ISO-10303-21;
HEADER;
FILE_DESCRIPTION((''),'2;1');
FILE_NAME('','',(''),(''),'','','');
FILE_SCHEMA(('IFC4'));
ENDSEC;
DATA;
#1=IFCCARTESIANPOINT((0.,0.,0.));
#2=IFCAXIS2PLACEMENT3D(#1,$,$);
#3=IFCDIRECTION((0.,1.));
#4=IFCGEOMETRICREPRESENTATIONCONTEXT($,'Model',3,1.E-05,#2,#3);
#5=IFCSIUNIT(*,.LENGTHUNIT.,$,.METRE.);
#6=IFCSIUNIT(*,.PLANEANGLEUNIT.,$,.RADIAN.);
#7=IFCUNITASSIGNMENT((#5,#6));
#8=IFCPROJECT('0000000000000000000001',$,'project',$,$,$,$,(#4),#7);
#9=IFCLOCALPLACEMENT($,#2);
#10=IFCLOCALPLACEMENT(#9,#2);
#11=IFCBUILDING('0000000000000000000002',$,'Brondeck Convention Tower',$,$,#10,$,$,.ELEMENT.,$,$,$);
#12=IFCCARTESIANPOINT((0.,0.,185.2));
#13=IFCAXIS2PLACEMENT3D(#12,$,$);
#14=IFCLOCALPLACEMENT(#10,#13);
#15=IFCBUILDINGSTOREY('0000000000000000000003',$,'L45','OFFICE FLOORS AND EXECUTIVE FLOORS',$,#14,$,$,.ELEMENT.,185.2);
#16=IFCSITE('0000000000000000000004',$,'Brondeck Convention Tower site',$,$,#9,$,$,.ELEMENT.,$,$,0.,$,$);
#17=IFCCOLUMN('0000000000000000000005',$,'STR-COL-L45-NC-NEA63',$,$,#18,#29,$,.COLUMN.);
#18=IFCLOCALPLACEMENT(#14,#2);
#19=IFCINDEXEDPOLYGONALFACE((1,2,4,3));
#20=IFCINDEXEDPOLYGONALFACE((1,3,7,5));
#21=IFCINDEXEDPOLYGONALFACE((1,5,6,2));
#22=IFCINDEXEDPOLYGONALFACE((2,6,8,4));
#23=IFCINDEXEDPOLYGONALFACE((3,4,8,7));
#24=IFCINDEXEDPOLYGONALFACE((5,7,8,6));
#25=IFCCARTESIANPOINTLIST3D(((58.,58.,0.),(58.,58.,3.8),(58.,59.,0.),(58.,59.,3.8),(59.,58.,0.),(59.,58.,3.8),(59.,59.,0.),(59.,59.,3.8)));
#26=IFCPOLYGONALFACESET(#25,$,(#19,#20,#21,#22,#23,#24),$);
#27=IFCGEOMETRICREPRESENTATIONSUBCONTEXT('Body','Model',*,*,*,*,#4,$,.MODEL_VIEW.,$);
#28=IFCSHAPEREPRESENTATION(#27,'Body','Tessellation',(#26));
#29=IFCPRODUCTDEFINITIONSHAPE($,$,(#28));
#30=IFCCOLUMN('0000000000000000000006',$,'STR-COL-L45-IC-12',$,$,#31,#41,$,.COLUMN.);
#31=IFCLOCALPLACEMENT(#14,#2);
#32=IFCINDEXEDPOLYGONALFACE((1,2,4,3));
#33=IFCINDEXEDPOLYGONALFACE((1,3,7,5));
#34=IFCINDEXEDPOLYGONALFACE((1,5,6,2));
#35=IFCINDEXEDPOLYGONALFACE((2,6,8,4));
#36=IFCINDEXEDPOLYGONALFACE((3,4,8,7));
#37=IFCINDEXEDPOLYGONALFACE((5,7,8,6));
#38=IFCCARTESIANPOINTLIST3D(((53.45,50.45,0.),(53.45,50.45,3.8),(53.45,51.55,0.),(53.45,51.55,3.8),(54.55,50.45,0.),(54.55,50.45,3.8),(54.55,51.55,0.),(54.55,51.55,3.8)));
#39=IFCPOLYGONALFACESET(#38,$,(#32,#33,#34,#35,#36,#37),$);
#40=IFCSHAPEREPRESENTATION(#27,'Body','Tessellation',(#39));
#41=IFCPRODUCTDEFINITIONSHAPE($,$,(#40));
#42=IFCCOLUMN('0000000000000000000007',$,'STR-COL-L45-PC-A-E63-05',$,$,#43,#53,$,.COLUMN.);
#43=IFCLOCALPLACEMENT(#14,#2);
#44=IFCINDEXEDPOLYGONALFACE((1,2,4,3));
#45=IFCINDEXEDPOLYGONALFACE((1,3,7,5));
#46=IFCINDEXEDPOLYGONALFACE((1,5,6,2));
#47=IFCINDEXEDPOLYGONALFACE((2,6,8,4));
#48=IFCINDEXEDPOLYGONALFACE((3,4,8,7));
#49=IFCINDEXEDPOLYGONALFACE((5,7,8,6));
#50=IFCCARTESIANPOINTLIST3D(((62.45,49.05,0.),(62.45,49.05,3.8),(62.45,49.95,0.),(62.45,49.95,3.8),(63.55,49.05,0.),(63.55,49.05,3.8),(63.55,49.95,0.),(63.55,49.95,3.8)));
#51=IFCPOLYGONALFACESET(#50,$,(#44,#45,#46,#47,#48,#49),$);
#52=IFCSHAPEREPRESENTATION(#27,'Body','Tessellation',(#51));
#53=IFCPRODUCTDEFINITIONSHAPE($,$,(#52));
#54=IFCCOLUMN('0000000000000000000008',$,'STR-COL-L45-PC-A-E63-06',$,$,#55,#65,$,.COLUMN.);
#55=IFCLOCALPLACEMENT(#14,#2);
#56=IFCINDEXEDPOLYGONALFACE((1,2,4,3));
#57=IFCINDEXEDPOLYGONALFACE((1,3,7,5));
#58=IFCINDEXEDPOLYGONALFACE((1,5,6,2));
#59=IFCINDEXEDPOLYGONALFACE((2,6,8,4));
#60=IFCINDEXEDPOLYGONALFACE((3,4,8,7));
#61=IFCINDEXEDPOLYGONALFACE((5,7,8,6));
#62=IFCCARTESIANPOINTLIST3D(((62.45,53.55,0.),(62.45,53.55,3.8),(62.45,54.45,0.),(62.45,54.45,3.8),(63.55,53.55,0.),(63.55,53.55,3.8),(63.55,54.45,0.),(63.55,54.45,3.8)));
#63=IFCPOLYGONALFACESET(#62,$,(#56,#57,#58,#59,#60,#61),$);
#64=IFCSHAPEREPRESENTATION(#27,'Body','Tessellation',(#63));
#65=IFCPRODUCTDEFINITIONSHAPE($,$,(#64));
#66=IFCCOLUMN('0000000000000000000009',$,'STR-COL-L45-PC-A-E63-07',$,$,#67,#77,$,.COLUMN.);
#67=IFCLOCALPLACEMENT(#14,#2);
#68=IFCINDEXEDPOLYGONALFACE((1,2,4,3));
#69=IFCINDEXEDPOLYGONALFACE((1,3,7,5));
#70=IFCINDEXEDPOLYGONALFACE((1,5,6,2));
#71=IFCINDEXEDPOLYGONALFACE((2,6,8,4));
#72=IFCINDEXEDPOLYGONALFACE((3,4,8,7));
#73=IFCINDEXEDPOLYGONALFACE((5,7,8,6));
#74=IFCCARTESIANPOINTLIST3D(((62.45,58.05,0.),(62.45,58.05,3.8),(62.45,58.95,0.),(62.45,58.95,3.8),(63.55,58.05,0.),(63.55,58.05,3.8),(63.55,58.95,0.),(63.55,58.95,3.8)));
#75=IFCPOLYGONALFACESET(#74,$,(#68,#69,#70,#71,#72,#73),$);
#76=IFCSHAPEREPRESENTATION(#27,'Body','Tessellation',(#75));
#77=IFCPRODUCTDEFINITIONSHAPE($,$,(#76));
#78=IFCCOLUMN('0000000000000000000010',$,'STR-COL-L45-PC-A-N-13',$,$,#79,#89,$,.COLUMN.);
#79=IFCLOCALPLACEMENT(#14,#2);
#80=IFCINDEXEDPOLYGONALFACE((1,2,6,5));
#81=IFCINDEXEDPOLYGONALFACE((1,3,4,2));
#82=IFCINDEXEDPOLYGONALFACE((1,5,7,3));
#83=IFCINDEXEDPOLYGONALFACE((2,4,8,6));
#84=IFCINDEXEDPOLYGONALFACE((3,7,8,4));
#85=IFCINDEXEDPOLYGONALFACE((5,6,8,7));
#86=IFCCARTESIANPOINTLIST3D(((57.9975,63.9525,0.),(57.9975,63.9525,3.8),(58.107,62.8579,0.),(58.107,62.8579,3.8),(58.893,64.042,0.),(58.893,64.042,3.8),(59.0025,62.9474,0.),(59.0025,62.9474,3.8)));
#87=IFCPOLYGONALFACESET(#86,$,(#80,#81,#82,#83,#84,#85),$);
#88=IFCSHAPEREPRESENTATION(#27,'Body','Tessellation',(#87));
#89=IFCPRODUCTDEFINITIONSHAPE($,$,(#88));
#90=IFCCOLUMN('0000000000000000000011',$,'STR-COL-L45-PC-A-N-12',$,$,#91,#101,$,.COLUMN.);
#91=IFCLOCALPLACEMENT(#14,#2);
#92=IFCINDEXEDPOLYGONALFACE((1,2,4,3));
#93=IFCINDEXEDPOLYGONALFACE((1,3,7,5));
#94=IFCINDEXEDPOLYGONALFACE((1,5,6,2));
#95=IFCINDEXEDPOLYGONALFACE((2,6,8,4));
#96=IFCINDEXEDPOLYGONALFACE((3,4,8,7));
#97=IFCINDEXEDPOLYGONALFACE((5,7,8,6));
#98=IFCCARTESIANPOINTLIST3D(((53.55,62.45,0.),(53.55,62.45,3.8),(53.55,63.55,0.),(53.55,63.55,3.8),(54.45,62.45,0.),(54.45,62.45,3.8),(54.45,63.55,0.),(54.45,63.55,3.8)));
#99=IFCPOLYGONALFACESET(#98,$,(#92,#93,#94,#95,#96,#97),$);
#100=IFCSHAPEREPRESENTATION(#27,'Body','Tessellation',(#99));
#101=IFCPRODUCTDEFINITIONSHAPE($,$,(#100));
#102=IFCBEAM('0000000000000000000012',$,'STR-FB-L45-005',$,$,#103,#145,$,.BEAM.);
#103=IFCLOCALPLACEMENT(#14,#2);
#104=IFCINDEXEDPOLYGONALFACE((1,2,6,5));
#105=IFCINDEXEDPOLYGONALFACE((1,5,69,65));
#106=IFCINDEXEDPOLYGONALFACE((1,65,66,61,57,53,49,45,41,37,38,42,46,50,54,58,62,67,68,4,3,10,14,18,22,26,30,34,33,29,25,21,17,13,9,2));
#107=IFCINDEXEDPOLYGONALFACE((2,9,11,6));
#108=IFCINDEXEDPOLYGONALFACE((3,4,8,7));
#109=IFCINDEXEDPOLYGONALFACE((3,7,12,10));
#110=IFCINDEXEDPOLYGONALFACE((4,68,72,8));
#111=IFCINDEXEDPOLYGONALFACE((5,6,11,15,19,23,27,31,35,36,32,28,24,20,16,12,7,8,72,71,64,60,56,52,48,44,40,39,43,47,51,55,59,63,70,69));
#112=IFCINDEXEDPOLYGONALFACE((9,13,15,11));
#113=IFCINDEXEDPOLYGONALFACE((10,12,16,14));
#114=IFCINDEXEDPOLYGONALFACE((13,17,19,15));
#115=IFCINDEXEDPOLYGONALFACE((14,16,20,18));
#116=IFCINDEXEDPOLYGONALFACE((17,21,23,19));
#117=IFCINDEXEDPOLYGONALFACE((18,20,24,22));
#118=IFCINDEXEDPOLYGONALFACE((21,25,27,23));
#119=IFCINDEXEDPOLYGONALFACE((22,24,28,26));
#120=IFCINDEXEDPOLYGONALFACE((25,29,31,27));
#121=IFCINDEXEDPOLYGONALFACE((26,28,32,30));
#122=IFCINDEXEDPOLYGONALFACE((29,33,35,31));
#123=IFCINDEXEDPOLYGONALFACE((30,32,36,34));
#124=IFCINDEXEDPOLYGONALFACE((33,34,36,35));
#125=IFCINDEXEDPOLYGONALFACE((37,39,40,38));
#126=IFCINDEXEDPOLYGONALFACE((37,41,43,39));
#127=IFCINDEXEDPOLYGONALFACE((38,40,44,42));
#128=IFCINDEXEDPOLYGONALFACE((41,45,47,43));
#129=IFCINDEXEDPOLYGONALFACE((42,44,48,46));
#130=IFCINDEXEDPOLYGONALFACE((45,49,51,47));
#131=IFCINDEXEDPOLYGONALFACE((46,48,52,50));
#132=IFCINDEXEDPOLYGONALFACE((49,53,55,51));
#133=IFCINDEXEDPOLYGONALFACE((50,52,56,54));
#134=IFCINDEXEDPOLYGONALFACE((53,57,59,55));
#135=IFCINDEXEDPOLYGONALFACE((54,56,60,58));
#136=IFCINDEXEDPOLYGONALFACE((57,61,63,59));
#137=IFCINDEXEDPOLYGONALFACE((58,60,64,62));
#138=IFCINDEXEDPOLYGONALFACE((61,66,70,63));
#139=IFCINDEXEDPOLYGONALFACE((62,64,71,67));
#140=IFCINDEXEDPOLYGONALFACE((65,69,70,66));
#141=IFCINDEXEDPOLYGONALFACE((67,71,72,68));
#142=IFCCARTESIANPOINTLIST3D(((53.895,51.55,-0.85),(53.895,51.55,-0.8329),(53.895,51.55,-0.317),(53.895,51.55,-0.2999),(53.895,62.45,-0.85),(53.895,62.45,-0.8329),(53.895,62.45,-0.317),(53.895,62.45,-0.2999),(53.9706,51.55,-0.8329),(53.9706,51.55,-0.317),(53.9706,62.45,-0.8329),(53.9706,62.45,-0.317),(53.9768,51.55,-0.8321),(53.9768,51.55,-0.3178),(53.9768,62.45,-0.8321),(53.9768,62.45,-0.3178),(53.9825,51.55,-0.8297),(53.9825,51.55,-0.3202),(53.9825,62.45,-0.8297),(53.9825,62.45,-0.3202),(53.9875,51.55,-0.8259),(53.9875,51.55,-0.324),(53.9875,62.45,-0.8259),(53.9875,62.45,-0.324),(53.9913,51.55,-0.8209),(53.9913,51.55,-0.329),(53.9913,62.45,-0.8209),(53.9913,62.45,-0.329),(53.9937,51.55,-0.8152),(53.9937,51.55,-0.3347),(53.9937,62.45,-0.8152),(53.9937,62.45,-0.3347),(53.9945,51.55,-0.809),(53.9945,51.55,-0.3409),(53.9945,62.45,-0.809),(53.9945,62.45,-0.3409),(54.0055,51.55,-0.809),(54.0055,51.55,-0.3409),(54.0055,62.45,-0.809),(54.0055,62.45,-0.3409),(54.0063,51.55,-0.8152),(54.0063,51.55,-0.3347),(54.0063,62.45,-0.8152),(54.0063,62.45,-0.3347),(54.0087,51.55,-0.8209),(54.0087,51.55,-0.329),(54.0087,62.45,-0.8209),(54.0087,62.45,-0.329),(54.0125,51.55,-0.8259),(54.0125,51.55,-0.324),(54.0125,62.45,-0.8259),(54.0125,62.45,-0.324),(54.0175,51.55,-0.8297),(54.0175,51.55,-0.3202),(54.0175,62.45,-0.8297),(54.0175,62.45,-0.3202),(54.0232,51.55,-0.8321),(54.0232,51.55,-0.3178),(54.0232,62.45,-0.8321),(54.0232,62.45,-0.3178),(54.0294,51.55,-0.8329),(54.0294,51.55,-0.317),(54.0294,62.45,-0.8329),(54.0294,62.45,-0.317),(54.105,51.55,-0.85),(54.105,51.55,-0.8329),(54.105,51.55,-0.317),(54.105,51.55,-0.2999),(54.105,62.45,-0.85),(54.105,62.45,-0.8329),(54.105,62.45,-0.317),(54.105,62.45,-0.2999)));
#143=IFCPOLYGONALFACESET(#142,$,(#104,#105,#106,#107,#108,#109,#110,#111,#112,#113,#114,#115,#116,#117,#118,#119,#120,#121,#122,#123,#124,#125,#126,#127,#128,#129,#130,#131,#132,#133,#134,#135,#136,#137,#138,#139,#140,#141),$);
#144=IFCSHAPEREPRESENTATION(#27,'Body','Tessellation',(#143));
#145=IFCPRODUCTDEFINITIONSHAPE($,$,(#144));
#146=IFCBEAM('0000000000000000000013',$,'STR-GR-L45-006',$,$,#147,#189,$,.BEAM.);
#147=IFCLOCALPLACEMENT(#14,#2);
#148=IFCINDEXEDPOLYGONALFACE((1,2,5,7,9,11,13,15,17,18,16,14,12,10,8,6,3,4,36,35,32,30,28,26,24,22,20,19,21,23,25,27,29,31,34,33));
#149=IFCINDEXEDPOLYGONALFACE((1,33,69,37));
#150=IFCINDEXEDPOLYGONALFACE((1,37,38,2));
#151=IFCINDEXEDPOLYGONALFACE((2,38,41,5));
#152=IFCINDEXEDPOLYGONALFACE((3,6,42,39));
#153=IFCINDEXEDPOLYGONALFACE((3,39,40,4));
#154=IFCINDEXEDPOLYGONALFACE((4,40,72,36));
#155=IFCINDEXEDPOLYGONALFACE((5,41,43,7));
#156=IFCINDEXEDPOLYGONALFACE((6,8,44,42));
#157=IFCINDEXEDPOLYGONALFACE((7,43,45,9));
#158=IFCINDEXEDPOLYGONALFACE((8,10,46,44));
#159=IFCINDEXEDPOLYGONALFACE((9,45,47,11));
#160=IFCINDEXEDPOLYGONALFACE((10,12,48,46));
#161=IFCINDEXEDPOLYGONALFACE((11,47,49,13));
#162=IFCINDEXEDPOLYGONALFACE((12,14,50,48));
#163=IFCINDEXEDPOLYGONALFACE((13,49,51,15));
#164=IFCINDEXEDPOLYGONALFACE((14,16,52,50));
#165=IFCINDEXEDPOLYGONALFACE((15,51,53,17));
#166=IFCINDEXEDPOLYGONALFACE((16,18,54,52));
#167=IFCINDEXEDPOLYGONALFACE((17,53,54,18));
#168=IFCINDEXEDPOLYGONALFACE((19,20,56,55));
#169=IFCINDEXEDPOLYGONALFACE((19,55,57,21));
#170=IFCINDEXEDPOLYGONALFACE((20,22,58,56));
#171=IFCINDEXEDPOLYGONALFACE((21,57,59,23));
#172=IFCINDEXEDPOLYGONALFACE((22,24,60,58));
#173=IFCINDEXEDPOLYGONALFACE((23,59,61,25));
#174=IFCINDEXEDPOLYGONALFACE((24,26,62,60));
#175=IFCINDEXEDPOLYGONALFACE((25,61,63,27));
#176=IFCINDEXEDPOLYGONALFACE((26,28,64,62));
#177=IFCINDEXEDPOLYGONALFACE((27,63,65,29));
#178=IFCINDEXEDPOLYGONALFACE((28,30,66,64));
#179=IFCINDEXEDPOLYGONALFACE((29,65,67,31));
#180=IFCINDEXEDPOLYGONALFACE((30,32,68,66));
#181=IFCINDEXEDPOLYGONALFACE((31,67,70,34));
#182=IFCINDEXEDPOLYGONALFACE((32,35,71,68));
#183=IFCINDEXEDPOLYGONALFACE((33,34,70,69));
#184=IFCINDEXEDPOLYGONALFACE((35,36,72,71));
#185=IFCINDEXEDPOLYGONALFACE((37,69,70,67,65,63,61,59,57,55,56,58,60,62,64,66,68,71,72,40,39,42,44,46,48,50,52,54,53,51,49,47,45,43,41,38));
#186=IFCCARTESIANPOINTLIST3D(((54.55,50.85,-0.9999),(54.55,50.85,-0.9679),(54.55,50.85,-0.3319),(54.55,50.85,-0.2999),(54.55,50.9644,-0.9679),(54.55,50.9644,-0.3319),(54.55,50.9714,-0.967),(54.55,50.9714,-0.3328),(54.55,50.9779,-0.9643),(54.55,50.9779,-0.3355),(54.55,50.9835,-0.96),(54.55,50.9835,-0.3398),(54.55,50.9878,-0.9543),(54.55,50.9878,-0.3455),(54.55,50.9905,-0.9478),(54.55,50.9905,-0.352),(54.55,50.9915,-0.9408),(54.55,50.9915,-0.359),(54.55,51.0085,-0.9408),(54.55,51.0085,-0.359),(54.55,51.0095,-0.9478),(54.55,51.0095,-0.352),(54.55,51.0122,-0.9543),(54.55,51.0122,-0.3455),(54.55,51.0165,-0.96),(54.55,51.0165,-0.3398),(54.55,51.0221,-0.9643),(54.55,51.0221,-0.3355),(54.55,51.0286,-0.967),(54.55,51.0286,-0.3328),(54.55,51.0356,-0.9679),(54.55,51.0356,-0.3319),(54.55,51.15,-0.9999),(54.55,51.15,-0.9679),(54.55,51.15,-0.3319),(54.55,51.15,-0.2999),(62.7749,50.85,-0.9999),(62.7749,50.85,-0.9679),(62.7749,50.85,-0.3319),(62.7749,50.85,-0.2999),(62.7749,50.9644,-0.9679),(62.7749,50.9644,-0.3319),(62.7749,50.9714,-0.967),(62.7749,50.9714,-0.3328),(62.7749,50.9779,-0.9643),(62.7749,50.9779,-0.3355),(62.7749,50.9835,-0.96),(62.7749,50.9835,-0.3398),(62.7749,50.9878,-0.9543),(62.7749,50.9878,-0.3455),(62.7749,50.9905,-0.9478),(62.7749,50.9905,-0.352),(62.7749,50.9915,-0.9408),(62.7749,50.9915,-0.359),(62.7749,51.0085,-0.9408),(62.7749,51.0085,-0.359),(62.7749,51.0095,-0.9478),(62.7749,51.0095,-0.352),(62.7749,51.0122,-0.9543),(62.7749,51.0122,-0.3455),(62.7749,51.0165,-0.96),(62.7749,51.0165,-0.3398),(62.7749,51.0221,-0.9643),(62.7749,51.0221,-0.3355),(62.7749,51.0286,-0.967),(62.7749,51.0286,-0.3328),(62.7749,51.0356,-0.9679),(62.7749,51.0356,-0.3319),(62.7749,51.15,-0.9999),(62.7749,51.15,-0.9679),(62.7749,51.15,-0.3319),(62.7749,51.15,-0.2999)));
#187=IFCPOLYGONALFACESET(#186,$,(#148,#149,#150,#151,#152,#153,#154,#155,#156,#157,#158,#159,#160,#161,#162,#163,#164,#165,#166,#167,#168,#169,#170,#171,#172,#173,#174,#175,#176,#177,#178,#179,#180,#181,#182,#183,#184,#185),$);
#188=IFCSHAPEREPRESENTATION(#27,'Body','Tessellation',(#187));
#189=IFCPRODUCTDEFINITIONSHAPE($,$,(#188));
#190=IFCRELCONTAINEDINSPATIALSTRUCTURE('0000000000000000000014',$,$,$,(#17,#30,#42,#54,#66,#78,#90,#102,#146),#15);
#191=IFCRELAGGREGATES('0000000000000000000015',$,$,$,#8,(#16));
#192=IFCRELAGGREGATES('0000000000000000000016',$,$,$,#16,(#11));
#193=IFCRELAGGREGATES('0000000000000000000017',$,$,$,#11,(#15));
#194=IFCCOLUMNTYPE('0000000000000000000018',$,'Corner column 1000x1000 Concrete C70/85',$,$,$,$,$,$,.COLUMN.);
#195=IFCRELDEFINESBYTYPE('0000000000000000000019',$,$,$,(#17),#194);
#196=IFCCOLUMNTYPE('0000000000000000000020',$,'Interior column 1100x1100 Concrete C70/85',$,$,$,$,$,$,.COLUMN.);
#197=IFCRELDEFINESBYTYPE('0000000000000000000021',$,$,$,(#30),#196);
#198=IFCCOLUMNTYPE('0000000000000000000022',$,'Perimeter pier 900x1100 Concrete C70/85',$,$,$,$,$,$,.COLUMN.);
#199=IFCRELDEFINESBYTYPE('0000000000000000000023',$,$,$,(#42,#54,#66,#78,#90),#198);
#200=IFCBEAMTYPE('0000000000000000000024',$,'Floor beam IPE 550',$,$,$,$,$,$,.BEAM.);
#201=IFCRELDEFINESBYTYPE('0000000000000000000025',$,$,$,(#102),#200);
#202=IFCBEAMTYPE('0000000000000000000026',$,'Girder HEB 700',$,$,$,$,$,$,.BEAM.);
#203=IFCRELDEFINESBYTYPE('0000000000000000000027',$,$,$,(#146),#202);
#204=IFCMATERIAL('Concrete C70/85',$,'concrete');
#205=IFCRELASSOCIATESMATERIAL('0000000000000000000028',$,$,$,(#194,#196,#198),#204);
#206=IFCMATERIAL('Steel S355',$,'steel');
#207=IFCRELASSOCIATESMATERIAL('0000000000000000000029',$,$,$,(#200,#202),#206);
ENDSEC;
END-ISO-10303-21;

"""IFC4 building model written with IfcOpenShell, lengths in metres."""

from ifc_helpers import new_model, si_unit, direction, frame, origin, origin_2d, place, context, subcontext, project, spatial, rectangle, i_section, extrude, material, material_profile, profile_set, type_object, element, save


model = new_model("IFC4")

# Units and contexts
model_context = context("Model", 3, precision=1e-05, world=origin(), true_north=direction((0.0, 1.0)))
body_context = subcontext(model_context, "Body", "Model", "MODEL_VIEW")
ifc_project = project(units=[si_unit("LENGTHUNIT", "METRE"), si_unit("PLANEANGLEUNIT", "RADIAN")], contexts=[model_context])

# Site, building, storey
site_placement = place(None, origin())
site = spatial("IfcSite", under=ifc_project, at=site_placement, Name="Brondeck Convention Tower site", CompositionType="ELEMENT", RefElevation=0.0)
building_placement = place(site_placement, origin())
building = spatial("IfcBuilding", under=site, at=building_placement, Name="Brondeck Convention Tower", CompositionType="ELEMENT")
storey_placement = place(building_placement, frame((0.0, 0.0, 185.2)))
storey = spatial("IfcBuildingStorey", under=building, at=storey_placement, Name="L45", Description="OFFICE FLOORS AND EXECUTIVE FLOORS", CompositionType="ELEMENT", Elevation=185.2)

# Columns
ifc_material_1 = material(Name="Concrete C70/85", Category="concrete")
ifc_material_profile_1 = material_profile(ifc_material_1, rectangle(XDim=1.0, YDim=1.0, at=origin_2d()), Name="Corner column 1000x1000 Concrete C70/85")
ifc_profile_set_1 = profile_set([ifc_material_profile_1], Name="Concrete C70/85")
column_type_1 = type_object("IfcColumnType", Name="Corner column 1000x1000 Concrete C70/85", PredefinedType="COLUMN", material=ifc_profile_set_1)
column_1_placement = place(storey_placement, frame((58.5, 58.5, 0.0), z_axis=(0.0, 0.0, 1.0), x_axis=(1.0, 0.0, 0.0)))
element("IfcColumn", 1, at=column_1_placement, inside=storey, type_object=column_type_1, Name="STR-COL-L45-NC-NEA63", PredefinedType="COLUMN", context=body_context, shape_type="SweptSolid", body=[
    extrude(rectangle(XDim=1.0, YDim=1.0, at=origin_2d()), origin(), (0.0, 0.0, 1.0), 3.8),
])
ifc_material_profile_2 = material_profile(ifc_material_1, rectangle(XDim=1.1001, YDim=1.1001, at=origin_2d()), Name="Interior column 1100x1100 Concrete C70/85")
ifc_profile_set_2 = profile_set([ifc_material_profile_2], Name="Concrete C70/85")
column_type_2 = type_object("IfcColumnType", Name="Interior column 1100x1100 Concrete C70/85", PredefinedType="COLUMN", material=ifc_profile_set_2)
column_2_placement = place(storey_placement, frame((54.0, 51.0, 0.0), z_axis=(0.0, 0.0, 1.0), x_axis=(1.0, 0.0, 0.0)))
element("IfcColumn", 2, at=column_2_placement, inside=storey, type_object=column_type_2, Name="STR-COL-L45-IC-12", PredefinedType="COLUMN", context=body_context, shape_type="SweptSolid", body=[
    extrude(rectangle(XDim=1.1001, YDim=1.1001, at=origin_2d()), origin(), (0.0, 0.0, 1.0), 3.8),
])
ifc_material_profile_3 = material_profile(ifc_material_1, rectangle(XDim=0.8999, YDim=1.1001, at=origin_2d()), Name="Perimeter pier 900x1100 Concrete C70/85")
ifc_profile_set_3 = profile_set([ifc_material_profile_3], Name="Concrete C70/85")
column_type_3 = type_object("IfcColumnType", Name="Perimeter pier 900x1100 Concrete C70/85", PredefinedType="COLUMN", material=ifc_profile_set_3)
for number, where, z_axis, x_axis, name in (
    (3, (63.0, 49.5, 0.0), (0.0, 0.0, 1.0), (0.0, 1.0, 0.0), "STR-COL-L45-PC-A-E63-05"),
    (4, (63.0, 54.0, 0.0), (0.0, 0.0, 1.0), (0.0, 1.0, 0.0), "STR-COL-L45-PC-A-E63-06"),
    (5, (63.0, 58.5, 0.0), (0.0, 0.0, 1.0), (0.0, 1.0, 0.0), "STR-COL-L45-PC-A-E63-07"),
    (6, (58.5, 63.45, 0.0), (0.0, 0.0, 1.0), (-0.995037, -0.099504, 0.0), "STR-COL-L45-PC-A-N-13"),
    (7, (54.0, 63.0, 0.0), (0.0, 0.0, 1.0), (-1.0, 0.0, 0.0), "STR-COL-L45-PC-A-N-12"),
):
    element("IfcColumn", number, at=place(storey_placement, frame(where, z_axis=z_axis, x_axis=x_axis)), inside=storey, type_object=column_type_3, Name=name, PredefinedType="COLUMN", context=body_context, shape_type="SweptSolid", body=[
        extrude(rectangle(XDim=0.8999, YDim=1.1001, at=origin_2d()), origin(), (0.0, 0.0, 1.0), 3.8),
    ])

# Beams
ifc_material_2 = material(Name="Steel S355", Category="steel")
ifc_material_profile_4 = material_profile(ifc_material_2, i_section(OverallWidth=0.21, OverallDepth=0.55, WebThickness=0.011, FlangeThickness=0.0171, FilletRadius=0.0239, at=origin_2d()), Name="IPE 550")
ifc_profile_set_4 = profile_set([ifc_material_profile_4], Name="Steel S355")
beam_type_1 = type_object("IfcBeamType", Name="Floor beam IPE 550", PredefinedType="BEAM", material=ifc_profile_set_4)
beam_1_placement = place(storey_placement, frame((54.0, 51.55, -0.575), z_axis=(0.0, 1.0, 0.0), x_axis=(-1.0, 0.0, 0.0)))
element("IfcBeam", 8, at=beam_1_placement, inside=storey, type_object=beam_type_1, Name="STR-FB-L45-005", PredefinedType="BEAM", context=body_context, shape_type="SweptSolid", body=[
    extrude(i_section(OverallWidth=0.21, OverallDepth=0.55, WebThickness=0.011, FlangeThickness=0.0171, FilletRadius=0.0239, at=origin_2d()), origin(), (0.0, 0.0, 1.0), 10.8999),
])
ifc_material_profile_5 = material_profile(ifc_material_2, i_section(OverallWidth=0.3, OverallDepth=0.7, WebThickness=0.0171, FlangeThickness=0.032, FilletRadius=0.0271, at=origin_2d()), Name="HEB 700")
ifc_profile_set_5 = profile_set([ifc_material_profile_5], Name="Steel S355")
beam_type_2 = type_object("IfcBeamType", Name="Girder HEB 700", PredefinedType="BEAM", material=ifc_profile_set_5)
beam_2_placement = place(storey_placement, frame((54.55, 51.0, -0.6499), z_axis=(1.0, 0.0, 0.0), x_axis=(0.0, 1.0, 0.0)))
element("IfcBeam", 9, at=beam_2_placement, inside=storey, type_object=beam_type_2, Name="STR-GR-L45-006", PredefinedType="BEAM", context=body_context, shape_type="SweptSolid", body=[
    extrude(i_section(OverallWidth=0.3, OverallDepth=0.7, WebThickness=0.0171, FlangeThickness=0.032, FilletRadius=0.0271, at=origin_2d()), origin(), (0.0, 0.0, 1.0), 8.2249),
])

save(model, "model.ifc")
